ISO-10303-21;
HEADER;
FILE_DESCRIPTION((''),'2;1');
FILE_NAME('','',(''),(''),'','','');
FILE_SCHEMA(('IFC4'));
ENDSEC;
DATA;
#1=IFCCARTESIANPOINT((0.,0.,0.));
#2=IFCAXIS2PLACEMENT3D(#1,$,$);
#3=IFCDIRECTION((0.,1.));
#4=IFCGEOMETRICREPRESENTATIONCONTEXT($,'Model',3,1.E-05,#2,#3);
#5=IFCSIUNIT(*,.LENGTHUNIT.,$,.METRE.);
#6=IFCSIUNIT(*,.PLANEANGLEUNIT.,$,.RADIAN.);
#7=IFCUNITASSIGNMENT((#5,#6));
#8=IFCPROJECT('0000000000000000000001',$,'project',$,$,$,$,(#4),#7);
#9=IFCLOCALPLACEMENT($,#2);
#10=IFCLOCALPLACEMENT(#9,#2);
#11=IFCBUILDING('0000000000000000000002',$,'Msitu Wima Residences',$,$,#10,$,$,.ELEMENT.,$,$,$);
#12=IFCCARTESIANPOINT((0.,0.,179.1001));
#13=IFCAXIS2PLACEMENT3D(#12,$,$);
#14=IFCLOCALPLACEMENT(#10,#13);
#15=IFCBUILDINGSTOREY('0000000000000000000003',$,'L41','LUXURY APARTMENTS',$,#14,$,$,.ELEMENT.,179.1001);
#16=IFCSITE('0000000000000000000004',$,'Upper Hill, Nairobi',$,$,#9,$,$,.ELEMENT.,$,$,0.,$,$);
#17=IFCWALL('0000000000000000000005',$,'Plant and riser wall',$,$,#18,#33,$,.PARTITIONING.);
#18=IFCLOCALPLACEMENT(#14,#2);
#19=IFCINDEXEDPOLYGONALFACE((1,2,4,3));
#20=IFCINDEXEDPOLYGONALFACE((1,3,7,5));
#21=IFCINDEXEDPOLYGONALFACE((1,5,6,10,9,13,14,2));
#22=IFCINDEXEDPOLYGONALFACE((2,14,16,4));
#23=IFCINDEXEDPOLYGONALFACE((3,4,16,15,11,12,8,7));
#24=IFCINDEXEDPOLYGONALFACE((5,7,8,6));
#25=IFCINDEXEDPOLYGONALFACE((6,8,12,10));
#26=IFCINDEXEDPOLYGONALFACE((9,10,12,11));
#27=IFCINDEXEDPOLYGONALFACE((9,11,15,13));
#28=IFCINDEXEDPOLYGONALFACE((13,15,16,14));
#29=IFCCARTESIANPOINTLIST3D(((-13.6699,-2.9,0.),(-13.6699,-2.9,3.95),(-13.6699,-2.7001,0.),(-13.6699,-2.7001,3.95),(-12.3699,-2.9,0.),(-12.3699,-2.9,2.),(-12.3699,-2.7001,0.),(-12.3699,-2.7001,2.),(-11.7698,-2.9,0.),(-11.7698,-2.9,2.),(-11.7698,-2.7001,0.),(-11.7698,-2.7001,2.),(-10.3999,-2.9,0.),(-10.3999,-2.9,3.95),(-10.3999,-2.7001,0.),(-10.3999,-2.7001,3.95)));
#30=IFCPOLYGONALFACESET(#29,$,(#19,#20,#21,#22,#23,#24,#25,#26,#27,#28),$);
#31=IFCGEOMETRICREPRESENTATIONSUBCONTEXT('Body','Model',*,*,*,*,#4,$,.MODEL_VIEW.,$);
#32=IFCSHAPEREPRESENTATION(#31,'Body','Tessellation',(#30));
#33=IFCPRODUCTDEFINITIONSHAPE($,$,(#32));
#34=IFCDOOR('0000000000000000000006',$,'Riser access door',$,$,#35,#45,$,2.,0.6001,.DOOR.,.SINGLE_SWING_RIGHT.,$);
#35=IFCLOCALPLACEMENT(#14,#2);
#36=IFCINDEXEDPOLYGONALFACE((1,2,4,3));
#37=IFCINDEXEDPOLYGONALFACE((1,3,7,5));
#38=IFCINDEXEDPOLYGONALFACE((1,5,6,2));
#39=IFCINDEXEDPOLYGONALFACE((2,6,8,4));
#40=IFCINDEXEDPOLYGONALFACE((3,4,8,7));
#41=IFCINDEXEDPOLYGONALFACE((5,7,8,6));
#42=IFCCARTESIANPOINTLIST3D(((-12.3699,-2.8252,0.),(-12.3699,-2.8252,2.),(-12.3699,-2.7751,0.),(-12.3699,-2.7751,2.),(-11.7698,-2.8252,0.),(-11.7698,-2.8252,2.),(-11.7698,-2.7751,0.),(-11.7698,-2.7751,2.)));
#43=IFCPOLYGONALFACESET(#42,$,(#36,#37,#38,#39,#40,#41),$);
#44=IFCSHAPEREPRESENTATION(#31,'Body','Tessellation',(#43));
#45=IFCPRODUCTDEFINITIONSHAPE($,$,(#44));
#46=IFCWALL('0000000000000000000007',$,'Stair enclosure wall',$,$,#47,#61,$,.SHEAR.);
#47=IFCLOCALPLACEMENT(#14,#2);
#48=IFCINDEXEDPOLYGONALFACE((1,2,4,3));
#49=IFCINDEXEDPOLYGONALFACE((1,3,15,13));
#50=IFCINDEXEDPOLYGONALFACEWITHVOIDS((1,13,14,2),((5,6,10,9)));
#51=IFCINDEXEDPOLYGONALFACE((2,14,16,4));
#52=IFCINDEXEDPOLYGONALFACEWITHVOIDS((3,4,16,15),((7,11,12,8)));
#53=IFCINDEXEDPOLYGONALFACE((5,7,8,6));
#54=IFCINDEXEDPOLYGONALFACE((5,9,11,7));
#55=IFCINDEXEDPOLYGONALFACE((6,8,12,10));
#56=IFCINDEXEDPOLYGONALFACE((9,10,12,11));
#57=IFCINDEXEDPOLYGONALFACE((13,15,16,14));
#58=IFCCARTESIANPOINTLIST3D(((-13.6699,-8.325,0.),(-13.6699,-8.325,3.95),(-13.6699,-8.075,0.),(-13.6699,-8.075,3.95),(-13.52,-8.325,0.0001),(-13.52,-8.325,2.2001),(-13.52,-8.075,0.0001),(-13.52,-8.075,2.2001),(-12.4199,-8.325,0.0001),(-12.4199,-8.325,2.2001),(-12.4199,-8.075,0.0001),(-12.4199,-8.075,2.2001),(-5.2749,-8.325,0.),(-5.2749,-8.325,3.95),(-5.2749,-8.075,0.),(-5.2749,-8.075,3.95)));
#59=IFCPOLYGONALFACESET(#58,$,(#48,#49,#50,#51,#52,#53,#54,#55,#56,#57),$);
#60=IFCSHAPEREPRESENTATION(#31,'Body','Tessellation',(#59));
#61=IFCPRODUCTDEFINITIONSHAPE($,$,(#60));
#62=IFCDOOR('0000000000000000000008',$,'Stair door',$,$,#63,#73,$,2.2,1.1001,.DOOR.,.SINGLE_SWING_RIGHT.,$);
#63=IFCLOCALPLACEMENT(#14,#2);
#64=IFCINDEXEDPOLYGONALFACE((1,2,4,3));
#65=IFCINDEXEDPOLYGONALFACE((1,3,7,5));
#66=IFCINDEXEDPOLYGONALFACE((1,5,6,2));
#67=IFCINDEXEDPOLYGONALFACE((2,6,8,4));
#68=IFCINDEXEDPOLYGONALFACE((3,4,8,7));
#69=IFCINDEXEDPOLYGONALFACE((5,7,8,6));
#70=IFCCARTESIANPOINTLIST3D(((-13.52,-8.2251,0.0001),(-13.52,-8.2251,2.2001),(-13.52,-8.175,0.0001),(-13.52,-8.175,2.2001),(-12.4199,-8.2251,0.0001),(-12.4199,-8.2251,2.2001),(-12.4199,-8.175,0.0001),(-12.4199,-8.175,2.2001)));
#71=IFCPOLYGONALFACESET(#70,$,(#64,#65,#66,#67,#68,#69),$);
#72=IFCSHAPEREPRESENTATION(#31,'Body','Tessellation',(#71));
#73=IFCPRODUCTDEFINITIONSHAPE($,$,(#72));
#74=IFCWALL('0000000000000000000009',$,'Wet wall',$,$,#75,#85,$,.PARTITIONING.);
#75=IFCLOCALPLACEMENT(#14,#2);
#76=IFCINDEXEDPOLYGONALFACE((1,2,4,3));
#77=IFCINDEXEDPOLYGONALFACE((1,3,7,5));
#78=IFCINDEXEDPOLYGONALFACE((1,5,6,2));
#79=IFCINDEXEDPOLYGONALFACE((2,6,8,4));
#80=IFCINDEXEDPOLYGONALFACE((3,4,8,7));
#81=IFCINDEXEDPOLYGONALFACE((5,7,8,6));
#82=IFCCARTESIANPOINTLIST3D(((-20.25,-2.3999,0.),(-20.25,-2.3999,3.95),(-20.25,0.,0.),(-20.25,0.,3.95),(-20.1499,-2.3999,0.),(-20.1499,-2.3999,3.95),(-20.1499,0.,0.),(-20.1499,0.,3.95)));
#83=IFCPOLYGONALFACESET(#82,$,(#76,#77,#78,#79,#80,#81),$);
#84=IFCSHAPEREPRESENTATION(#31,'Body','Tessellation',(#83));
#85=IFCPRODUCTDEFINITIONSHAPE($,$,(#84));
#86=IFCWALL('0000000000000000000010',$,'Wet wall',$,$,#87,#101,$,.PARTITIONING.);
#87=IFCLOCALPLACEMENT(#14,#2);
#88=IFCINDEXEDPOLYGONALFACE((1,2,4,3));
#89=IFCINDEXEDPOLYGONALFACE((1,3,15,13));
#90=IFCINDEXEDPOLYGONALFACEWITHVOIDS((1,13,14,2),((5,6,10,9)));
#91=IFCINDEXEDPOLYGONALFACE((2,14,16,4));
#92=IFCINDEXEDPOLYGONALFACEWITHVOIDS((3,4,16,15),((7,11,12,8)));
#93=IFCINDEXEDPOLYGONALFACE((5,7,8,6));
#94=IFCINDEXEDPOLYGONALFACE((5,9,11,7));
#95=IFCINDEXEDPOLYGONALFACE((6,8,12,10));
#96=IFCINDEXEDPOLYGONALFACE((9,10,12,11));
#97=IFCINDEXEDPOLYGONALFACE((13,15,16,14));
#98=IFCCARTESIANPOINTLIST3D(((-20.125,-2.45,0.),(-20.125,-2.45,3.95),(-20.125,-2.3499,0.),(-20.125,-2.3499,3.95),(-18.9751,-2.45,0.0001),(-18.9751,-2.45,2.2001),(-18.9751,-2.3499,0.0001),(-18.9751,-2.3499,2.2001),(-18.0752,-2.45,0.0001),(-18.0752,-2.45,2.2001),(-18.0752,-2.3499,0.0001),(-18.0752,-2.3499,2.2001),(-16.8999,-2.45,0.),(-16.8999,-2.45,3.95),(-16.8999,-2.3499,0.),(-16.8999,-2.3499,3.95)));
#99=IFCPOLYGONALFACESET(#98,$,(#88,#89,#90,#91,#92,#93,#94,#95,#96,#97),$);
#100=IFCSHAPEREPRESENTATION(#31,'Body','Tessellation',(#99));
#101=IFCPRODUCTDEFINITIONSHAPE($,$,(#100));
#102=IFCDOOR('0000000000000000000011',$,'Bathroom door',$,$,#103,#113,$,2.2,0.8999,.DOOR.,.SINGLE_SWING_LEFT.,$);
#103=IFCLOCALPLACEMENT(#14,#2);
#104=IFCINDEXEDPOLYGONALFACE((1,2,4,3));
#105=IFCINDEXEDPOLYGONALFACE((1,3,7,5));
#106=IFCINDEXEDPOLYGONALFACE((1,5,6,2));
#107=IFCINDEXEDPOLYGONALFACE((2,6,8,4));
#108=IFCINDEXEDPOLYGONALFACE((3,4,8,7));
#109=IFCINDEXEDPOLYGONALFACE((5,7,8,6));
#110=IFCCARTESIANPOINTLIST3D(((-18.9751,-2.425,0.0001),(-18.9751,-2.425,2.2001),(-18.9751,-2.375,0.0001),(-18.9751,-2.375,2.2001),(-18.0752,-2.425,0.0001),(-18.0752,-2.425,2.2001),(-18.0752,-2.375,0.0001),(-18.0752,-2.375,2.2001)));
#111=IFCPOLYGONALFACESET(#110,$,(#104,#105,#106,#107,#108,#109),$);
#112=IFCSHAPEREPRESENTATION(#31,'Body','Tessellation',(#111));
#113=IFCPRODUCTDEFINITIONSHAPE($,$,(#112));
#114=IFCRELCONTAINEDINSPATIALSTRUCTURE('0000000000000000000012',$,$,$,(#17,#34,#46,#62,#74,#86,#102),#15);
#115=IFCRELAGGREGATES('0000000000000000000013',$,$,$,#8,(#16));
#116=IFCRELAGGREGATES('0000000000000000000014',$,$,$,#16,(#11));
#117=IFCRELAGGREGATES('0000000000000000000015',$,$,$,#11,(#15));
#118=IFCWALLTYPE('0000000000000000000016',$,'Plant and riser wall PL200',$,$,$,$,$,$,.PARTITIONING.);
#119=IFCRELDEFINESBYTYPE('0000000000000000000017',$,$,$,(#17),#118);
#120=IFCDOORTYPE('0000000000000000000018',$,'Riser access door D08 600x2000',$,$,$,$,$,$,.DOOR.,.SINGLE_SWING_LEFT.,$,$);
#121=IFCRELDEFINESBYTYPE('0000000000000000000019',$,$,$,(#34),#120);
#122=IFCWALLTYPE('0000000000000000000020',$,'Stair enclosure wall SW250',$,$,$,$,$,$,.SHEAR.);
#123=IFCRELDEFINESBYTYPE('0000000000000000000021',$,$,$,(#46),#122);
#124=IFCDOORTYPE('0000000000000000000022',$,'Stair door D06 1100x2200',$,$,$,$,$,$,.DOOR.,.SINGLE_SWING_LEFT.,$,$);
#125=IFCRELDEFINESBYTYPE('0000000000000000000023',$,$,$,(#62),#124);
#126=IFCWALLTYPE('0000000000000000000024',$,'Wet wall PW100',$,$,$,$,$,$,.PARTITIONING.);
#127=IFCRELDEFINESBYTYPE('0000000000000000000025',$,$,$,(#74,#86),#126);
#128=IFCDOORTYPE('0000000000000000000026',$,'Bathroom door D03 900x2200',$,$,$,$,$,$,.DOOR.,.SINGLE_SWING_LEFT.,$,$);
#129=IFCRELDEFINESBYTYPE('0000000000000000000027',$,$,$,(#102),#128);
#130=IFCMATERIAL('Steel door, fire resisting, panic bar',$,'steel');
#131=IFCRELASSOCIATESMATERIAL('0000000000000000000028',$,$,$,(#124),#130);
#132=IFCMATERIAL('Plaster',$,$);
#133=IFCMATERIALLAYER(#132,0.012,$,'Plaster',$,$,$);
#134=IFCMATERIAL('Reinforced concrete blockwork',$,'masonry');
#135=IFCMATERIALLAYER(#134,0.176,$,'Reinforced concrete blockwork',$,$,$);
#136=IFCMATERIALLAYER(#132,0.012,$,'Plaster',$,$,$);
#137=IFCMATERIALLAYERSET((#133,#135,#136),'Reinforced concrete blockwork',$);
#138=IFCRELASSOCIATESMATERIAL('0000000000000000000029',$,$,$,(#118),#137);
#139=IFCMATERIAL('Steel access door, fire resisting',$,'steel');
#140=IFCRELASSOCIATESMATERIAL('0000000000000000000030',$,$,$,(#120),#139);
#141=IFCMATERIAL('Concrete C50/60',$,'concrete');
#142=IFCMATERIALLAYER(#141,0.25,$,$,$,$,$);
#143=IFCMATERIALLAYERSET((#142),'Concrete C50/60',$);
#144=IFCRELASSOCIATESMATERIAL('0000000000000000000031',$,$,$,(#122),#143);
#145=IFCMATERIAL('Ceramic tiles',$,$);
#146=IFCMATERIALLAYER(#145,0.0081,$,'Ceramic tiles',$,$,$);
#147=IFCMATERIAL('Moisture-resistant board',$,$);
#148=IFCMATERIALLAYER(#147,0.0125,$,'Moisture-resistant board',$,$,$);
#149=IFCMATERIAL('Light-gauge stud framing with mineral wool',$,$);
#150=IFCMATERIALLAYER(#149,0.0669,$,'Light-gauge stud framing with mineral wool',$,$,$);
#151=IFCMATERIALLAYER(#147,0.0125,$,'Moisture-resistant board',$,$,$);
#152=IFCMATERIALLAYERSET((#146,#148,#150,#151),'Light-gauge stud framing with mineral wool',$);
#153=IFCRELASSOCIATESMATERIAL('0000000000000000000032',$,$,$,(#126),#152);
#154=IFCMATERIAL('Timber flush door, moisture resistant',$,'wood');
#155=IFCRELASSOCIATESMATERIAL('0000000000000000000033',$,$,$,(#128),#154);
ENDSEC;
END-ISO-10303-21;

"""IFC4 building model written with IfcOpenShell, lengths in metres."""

from ifc_helpers import new_model, si_unit, direction, frame, frame_2d, origin, place, context, subcontext, project, spatial, rectangle, extrude, material, layer, layer_set, type_object, element, fill, save


model = new_model("IFC4")

# Units and contexts
model_context = context("Model", 3, precision=1e-05, world=origin(), true_north=direction((0.0, 1.0)))
body_context = subcontext(model_context, "Body", "Model", "MODEL_VIEW")
ifc_project = project(units=[si_unit("LENGTHUNIT", "METRE"), si_unit("PLANEANGLEUNIT", "RADIAN")], contexts=[model_context])

# Site, building, storey
site_placement = place(None, origin())
site = spatial("IfcSite", under=ifc_project, at=site_placement, Name="Upper Hill, Nairobi", CompositionType="ELEMENT", RefElevation=0.0)
building_placement = place(site_placement, origin())
building = spatial("IfcBuilding", under=site, at=building_placement, Name="Msitu Wima Residences", CompositionType="ELEMENT")
storey_placement = place(building_placement, frame((0.0, 0.0, 179.1001)))
storey = spatial("IfcBuildingStorey", under=building, at=storey_placement, Name="L41", Description="LUXURY APARTMENTS", CompositionType="ELEMENT", Elevation=179.1001)

# Shared definitions
ifc_material_1 = material(Name="Concrete C50/60", Category="concrete")

# Shared definitions
ifc_material_2 = material(Name="Steel door, fire resisting, panic bar", Category="steel")
door_type_1 = type_object("IfcDoorType", Name="Stair door D06 1100x2200", OperationType="SINGLE_SWING_LEFT", PredefinedType="DOOR", material=ifc_material_2)

# Shared definitions
ifc_material_3 = material(Name="Plaster")

# Walls, openings, doors
ifc_layer_1 = layer(ifc_material_3, 0.012, Name="Plaster")
ifc_material_4 = material(Name="Reinforced concrete blockwork", Category="masonry")
ifc_layer_2 = layer(ifc_material_4, 0.176, Name="Reinforced concrete blockwork")
ifc_layer_3 = layer(ifc_material_3, 0.012, Name="Plaster")
ifc_layer_set_1 = layer_set([ifc_layer_1, ifc_layer_2, ifc_layer_3], Name="Reinforced concrete blockwork")
wall_type_1 = type_object("IfcWallType", Name="Plant and riser wall PL200", PredefinedType="PARTITIONING", material=ifc_layer_set_1)
wall_1_placement = place(storey_placement, frame((-13.6699, -2.8, 0.0), z_axis=(0.0, 0.0, 1.0), x_axis=(1.0, 0.0, 0.0)))
wall_1 = element("IfcWall", 1, at=wall_1_placement, inside=storey, type_object=wall_type_1, Name="Plant and riser wall", PredefinedType="PARTITIONING", context=body_context, shape_type="SweptSolid", body=[
    extrude(rectangle(XDim=3.27, YDim=0.2, at=frame_2d((1.635, 0.0))), origin(), (0.0, 0.0, 1.0), 3.95),
])
opening_1_placement = place(wall_1_placement, frame((1.3, 0.0, 0.0)))
opening_1 = element("IfcOpeningElement", 2, at=opening_1_placement, cuts=wall_1, PredefinedType="OPENING", context=body_context, shape_type="SweptSolid", body=[
    extrude(rectangle(XDim=0.6001, YDim=2.0, at=frame_2d((0.3, 1.0))), frame((0.0, 0.1099, 0.0), z_axis=(0.0, -1.0, 0.0), x_axis=(1.0, 0.0, 0.0)), (0.0, 0.0, 1.0), 0.22),
])
ifc_material_5 = material(Name="Steel access door, fire resisting", Category="steel")
door_type_2 = type_object("IfcDoorType", Name="Riser access door D08 600x2000", OperationType="SINGLE_SWING_LEFT", PredefinedType="DOOR", material=ifc_material_5)
door_1_placement = place(opening_1_placement, origin())
door_1 = element("IfcDoor", 3, at=door_1_placement, inside=storey, type_object=door_type_2, Name="Riser access door", OperationType="SINGLE_SWING_RIGHT", OverallHeight=2.0, OverallWidth=0.6001, PredefinedType="DOOR", context=body_context, shape_type="SweptSolid", body=[
    extrude(rectangle(XDim=0.6001, YDim=2.0, at=frame_2d((0.3, 1.0))), frame((0.0, 0.0249, 0.0), z_axis=(0.0, -1.0, 0.0), x_axis=(1.0, 0.0, 0.0)), (0.0, 0.0, 1.0), 0.05),
])
fill(opening_1, door_1)
ifc_layer_4 = layer(ifc_material_1, 0.25)
ifc_layer_set_2 = layer_set([ifc_layer_4], Name="Concrete C50/60")
wall_type_2 = type_object("IfcWallType", Name="Stair enclosure wall SW250", PredefinedType="SHEAR", material=ifc_layer_set_2)
wall_2_placement = place(storey_placement, frame((-13.6699, -8.2, 0.0), z_axis=(0.0, 0.0, 1.0), x_axis=(1.0, 0.0, 0.0)))
wall_2 = element("IfcWall", 4, at=wall_2_placement, inside=storey, type_object=wall_type_2, Name="Stair enclosure wall", PredefinedType="SHEAR", context=body_context, shape_type="SweptSolid", body=[
    extrude(rectangle(XDim=8.395, YDim=0.25, at=frame_2d((4.1975, 0.0))), origin(), (0.0, 0.0, 1.0), 3.95),
])
opening_2_placement = place(wall_2_placement, frame((0.1499, 0.0, 0.0)))
opening_2 = element("IfcOpeningElement", 5, at=opening_2_placement, cuts=wall_2, PredefinedType="OPENING", context=body_context, shape_type="SweptSolid", body=[
    extrude(rectangle(XDim=1.1001, YDim=2.2, at=frame_2d((0.55, 1.1001))), frame((0.0, 0.135, 0.0), z_axis=(0.0, -1.0, 0.0), x_axis=(1.0, 0.0, 0.0)), (0.0, 0.0, 1.0), 0.27),
])
door_2_placement = place(opening_2_placement, origin())
door_2 = element("IfcDoor", 6, at=door_2_placement, inside=storey, type_object=door_type_1, Name="Stair door", OperationType="SINGLE_SWING_RIGHT", OverallHeight=2.2, OverallWidth=1.1001, PredefinedType="DOOR", context=body_context, shape_type="SweptSolid", body=[
    extrude(rectangle(XDim=1.1001, YDim=2.2, at=frame_2d((0.55, 1.1001))), frame((0.0, 0.0249, 0.0), z_axis=(0.0, -1.0, 0.0), x_axis=(1.0, 0.0, 0.0)), (0.0, 0.0, 1.0), 0.05),
])
fill(opening_2, door_2)

# Wall
ifc_material_6 = material(Name="Ceramic tiles")
ifc_layer_5 = layer(ifc_material_6, 0.0081, Name="Ceramic tiles")
ifc_material_7 = material(Name="Moisture-resistant board")
ifc_layer_6 = layer(ifc_material_7, 0.0125, Name="Moisture-resistant board")
ifc_material_8 = material(Name="Light-gauge stud framing with mineral wool")
ifc_layer_7 = layer(ifc_material_8, 0.0669, Name="Light-gauge stud framing with mineral wool")
ifc_layer_8 = layer(ifc_material_7, 0.0125, Name="Moisture-resistant board")
ifc_layer_set_3 = layer_set([ifc_layer_5, ifc_layer_6, ifc_layer_7, ifc_layer_8], Name="Light-gauge stud framing with mineral wool")
wall_type_3 = type_object("IfcWallType", Name="Wet wall PW100", PredefinedType="PARTITIONING", material=ifc_layer_set_3)
wall_3_placement = place(storey_placement, frame((-20.2, -2.3999, 0.0), z_axis=(0.0, 0.0, 1.0), x_axis=(0.0, 1.0, 0.0)))
element("IfcWall", 7, at=wall_3_placement, inside=storey, type_object=wall_type_3, Name="Wet wall", PredefinedType="PARTITIONING", context=body_context, shape_type="SweptSolid", body=[
    extrude(rectangle(XDim=2.3999, YDim=0.1001, at=frame_2d((1.2, 0.0))), origin(), (0.0, 0.0, 1.0), 3.95),
])

# Wall, opening, door
wall_4_placement = place(storey_placement, frame((-20.125, -2.3999, 0.0), z_axis=(0.0, 0.0, 1.0), x_axis=(1.0, 0.0, 0.0)))
wall_4 = element("IfcWall", 8, at=wall_4_placement, inside=storey, type_object=wall_type_3, Name="Wet wall", PredefinedType="PARTITIONING", context=body_context, shape_type="SweptSolid", body=[
    extrude(rectangle(XDim=3.2251, YDim=0.1001, at=frame_2d((1.6125, 0.0))), origin(), (0.0, 0.0, 1.0), 3.95),
])
opening_3_placement = place(wall_4_placement, frame((1.1499, 0.0, 0.0)))
opening_3 = element("IfcOpeningElement", 9, at=opening_3_placement, cuts=wall_4, PredefinedType="OPENING", context=body_context, shape_type="SweptSolid", body=[
    extrude(rectangle(XDim=0.8999, YDim=2.2, at=frame_2d((0.45, 1.1001))), frame((0.0, 0.0601, 0.0), z_axis=(0.0, -1.0, 0.0), x_axis=(1.0, 0.0, 0.0)), (0.0, 0.0, 1.0), 0.1201),
])
ifc_material_9 = material(Name="Timber flush door, moisture resistant", Category="wood")
door_type_3 = type_object("IfcDoorType", Name="Bathroom door D03 900x2200", OperationType="SINGLE_SWING_LEFT", PredefinedType="DOOR", material=ifc_material_9)
door_3_placement = place(opening_3_placement, origin())
door_3 = element("IfcDoor", 10, at=door_3_placement, inside=storey, type_object=door_type_3, Name="Bathroom door", OperationType="SINGLE_SWING_LEFT", OverallHeight=2.2, OverallWidth=0.8999, PredefinedType="DOOR", context=body_context, shape_type="SweptSolid", body=[
    extrude(rectangle(XDim=0.8999, YDim=2.2, at=frame_2d((0.45, 1.1001))), frame((0.0, 0.0249, 0.0), z_axis=(0.0, -1.0, 0.0), x_axis=(1.0, 0.0, 0.0)), (0.0, 0.0, 1.0), 0.05),
])
fill(opening_3, door_3)

save(model, "model.ifc")
